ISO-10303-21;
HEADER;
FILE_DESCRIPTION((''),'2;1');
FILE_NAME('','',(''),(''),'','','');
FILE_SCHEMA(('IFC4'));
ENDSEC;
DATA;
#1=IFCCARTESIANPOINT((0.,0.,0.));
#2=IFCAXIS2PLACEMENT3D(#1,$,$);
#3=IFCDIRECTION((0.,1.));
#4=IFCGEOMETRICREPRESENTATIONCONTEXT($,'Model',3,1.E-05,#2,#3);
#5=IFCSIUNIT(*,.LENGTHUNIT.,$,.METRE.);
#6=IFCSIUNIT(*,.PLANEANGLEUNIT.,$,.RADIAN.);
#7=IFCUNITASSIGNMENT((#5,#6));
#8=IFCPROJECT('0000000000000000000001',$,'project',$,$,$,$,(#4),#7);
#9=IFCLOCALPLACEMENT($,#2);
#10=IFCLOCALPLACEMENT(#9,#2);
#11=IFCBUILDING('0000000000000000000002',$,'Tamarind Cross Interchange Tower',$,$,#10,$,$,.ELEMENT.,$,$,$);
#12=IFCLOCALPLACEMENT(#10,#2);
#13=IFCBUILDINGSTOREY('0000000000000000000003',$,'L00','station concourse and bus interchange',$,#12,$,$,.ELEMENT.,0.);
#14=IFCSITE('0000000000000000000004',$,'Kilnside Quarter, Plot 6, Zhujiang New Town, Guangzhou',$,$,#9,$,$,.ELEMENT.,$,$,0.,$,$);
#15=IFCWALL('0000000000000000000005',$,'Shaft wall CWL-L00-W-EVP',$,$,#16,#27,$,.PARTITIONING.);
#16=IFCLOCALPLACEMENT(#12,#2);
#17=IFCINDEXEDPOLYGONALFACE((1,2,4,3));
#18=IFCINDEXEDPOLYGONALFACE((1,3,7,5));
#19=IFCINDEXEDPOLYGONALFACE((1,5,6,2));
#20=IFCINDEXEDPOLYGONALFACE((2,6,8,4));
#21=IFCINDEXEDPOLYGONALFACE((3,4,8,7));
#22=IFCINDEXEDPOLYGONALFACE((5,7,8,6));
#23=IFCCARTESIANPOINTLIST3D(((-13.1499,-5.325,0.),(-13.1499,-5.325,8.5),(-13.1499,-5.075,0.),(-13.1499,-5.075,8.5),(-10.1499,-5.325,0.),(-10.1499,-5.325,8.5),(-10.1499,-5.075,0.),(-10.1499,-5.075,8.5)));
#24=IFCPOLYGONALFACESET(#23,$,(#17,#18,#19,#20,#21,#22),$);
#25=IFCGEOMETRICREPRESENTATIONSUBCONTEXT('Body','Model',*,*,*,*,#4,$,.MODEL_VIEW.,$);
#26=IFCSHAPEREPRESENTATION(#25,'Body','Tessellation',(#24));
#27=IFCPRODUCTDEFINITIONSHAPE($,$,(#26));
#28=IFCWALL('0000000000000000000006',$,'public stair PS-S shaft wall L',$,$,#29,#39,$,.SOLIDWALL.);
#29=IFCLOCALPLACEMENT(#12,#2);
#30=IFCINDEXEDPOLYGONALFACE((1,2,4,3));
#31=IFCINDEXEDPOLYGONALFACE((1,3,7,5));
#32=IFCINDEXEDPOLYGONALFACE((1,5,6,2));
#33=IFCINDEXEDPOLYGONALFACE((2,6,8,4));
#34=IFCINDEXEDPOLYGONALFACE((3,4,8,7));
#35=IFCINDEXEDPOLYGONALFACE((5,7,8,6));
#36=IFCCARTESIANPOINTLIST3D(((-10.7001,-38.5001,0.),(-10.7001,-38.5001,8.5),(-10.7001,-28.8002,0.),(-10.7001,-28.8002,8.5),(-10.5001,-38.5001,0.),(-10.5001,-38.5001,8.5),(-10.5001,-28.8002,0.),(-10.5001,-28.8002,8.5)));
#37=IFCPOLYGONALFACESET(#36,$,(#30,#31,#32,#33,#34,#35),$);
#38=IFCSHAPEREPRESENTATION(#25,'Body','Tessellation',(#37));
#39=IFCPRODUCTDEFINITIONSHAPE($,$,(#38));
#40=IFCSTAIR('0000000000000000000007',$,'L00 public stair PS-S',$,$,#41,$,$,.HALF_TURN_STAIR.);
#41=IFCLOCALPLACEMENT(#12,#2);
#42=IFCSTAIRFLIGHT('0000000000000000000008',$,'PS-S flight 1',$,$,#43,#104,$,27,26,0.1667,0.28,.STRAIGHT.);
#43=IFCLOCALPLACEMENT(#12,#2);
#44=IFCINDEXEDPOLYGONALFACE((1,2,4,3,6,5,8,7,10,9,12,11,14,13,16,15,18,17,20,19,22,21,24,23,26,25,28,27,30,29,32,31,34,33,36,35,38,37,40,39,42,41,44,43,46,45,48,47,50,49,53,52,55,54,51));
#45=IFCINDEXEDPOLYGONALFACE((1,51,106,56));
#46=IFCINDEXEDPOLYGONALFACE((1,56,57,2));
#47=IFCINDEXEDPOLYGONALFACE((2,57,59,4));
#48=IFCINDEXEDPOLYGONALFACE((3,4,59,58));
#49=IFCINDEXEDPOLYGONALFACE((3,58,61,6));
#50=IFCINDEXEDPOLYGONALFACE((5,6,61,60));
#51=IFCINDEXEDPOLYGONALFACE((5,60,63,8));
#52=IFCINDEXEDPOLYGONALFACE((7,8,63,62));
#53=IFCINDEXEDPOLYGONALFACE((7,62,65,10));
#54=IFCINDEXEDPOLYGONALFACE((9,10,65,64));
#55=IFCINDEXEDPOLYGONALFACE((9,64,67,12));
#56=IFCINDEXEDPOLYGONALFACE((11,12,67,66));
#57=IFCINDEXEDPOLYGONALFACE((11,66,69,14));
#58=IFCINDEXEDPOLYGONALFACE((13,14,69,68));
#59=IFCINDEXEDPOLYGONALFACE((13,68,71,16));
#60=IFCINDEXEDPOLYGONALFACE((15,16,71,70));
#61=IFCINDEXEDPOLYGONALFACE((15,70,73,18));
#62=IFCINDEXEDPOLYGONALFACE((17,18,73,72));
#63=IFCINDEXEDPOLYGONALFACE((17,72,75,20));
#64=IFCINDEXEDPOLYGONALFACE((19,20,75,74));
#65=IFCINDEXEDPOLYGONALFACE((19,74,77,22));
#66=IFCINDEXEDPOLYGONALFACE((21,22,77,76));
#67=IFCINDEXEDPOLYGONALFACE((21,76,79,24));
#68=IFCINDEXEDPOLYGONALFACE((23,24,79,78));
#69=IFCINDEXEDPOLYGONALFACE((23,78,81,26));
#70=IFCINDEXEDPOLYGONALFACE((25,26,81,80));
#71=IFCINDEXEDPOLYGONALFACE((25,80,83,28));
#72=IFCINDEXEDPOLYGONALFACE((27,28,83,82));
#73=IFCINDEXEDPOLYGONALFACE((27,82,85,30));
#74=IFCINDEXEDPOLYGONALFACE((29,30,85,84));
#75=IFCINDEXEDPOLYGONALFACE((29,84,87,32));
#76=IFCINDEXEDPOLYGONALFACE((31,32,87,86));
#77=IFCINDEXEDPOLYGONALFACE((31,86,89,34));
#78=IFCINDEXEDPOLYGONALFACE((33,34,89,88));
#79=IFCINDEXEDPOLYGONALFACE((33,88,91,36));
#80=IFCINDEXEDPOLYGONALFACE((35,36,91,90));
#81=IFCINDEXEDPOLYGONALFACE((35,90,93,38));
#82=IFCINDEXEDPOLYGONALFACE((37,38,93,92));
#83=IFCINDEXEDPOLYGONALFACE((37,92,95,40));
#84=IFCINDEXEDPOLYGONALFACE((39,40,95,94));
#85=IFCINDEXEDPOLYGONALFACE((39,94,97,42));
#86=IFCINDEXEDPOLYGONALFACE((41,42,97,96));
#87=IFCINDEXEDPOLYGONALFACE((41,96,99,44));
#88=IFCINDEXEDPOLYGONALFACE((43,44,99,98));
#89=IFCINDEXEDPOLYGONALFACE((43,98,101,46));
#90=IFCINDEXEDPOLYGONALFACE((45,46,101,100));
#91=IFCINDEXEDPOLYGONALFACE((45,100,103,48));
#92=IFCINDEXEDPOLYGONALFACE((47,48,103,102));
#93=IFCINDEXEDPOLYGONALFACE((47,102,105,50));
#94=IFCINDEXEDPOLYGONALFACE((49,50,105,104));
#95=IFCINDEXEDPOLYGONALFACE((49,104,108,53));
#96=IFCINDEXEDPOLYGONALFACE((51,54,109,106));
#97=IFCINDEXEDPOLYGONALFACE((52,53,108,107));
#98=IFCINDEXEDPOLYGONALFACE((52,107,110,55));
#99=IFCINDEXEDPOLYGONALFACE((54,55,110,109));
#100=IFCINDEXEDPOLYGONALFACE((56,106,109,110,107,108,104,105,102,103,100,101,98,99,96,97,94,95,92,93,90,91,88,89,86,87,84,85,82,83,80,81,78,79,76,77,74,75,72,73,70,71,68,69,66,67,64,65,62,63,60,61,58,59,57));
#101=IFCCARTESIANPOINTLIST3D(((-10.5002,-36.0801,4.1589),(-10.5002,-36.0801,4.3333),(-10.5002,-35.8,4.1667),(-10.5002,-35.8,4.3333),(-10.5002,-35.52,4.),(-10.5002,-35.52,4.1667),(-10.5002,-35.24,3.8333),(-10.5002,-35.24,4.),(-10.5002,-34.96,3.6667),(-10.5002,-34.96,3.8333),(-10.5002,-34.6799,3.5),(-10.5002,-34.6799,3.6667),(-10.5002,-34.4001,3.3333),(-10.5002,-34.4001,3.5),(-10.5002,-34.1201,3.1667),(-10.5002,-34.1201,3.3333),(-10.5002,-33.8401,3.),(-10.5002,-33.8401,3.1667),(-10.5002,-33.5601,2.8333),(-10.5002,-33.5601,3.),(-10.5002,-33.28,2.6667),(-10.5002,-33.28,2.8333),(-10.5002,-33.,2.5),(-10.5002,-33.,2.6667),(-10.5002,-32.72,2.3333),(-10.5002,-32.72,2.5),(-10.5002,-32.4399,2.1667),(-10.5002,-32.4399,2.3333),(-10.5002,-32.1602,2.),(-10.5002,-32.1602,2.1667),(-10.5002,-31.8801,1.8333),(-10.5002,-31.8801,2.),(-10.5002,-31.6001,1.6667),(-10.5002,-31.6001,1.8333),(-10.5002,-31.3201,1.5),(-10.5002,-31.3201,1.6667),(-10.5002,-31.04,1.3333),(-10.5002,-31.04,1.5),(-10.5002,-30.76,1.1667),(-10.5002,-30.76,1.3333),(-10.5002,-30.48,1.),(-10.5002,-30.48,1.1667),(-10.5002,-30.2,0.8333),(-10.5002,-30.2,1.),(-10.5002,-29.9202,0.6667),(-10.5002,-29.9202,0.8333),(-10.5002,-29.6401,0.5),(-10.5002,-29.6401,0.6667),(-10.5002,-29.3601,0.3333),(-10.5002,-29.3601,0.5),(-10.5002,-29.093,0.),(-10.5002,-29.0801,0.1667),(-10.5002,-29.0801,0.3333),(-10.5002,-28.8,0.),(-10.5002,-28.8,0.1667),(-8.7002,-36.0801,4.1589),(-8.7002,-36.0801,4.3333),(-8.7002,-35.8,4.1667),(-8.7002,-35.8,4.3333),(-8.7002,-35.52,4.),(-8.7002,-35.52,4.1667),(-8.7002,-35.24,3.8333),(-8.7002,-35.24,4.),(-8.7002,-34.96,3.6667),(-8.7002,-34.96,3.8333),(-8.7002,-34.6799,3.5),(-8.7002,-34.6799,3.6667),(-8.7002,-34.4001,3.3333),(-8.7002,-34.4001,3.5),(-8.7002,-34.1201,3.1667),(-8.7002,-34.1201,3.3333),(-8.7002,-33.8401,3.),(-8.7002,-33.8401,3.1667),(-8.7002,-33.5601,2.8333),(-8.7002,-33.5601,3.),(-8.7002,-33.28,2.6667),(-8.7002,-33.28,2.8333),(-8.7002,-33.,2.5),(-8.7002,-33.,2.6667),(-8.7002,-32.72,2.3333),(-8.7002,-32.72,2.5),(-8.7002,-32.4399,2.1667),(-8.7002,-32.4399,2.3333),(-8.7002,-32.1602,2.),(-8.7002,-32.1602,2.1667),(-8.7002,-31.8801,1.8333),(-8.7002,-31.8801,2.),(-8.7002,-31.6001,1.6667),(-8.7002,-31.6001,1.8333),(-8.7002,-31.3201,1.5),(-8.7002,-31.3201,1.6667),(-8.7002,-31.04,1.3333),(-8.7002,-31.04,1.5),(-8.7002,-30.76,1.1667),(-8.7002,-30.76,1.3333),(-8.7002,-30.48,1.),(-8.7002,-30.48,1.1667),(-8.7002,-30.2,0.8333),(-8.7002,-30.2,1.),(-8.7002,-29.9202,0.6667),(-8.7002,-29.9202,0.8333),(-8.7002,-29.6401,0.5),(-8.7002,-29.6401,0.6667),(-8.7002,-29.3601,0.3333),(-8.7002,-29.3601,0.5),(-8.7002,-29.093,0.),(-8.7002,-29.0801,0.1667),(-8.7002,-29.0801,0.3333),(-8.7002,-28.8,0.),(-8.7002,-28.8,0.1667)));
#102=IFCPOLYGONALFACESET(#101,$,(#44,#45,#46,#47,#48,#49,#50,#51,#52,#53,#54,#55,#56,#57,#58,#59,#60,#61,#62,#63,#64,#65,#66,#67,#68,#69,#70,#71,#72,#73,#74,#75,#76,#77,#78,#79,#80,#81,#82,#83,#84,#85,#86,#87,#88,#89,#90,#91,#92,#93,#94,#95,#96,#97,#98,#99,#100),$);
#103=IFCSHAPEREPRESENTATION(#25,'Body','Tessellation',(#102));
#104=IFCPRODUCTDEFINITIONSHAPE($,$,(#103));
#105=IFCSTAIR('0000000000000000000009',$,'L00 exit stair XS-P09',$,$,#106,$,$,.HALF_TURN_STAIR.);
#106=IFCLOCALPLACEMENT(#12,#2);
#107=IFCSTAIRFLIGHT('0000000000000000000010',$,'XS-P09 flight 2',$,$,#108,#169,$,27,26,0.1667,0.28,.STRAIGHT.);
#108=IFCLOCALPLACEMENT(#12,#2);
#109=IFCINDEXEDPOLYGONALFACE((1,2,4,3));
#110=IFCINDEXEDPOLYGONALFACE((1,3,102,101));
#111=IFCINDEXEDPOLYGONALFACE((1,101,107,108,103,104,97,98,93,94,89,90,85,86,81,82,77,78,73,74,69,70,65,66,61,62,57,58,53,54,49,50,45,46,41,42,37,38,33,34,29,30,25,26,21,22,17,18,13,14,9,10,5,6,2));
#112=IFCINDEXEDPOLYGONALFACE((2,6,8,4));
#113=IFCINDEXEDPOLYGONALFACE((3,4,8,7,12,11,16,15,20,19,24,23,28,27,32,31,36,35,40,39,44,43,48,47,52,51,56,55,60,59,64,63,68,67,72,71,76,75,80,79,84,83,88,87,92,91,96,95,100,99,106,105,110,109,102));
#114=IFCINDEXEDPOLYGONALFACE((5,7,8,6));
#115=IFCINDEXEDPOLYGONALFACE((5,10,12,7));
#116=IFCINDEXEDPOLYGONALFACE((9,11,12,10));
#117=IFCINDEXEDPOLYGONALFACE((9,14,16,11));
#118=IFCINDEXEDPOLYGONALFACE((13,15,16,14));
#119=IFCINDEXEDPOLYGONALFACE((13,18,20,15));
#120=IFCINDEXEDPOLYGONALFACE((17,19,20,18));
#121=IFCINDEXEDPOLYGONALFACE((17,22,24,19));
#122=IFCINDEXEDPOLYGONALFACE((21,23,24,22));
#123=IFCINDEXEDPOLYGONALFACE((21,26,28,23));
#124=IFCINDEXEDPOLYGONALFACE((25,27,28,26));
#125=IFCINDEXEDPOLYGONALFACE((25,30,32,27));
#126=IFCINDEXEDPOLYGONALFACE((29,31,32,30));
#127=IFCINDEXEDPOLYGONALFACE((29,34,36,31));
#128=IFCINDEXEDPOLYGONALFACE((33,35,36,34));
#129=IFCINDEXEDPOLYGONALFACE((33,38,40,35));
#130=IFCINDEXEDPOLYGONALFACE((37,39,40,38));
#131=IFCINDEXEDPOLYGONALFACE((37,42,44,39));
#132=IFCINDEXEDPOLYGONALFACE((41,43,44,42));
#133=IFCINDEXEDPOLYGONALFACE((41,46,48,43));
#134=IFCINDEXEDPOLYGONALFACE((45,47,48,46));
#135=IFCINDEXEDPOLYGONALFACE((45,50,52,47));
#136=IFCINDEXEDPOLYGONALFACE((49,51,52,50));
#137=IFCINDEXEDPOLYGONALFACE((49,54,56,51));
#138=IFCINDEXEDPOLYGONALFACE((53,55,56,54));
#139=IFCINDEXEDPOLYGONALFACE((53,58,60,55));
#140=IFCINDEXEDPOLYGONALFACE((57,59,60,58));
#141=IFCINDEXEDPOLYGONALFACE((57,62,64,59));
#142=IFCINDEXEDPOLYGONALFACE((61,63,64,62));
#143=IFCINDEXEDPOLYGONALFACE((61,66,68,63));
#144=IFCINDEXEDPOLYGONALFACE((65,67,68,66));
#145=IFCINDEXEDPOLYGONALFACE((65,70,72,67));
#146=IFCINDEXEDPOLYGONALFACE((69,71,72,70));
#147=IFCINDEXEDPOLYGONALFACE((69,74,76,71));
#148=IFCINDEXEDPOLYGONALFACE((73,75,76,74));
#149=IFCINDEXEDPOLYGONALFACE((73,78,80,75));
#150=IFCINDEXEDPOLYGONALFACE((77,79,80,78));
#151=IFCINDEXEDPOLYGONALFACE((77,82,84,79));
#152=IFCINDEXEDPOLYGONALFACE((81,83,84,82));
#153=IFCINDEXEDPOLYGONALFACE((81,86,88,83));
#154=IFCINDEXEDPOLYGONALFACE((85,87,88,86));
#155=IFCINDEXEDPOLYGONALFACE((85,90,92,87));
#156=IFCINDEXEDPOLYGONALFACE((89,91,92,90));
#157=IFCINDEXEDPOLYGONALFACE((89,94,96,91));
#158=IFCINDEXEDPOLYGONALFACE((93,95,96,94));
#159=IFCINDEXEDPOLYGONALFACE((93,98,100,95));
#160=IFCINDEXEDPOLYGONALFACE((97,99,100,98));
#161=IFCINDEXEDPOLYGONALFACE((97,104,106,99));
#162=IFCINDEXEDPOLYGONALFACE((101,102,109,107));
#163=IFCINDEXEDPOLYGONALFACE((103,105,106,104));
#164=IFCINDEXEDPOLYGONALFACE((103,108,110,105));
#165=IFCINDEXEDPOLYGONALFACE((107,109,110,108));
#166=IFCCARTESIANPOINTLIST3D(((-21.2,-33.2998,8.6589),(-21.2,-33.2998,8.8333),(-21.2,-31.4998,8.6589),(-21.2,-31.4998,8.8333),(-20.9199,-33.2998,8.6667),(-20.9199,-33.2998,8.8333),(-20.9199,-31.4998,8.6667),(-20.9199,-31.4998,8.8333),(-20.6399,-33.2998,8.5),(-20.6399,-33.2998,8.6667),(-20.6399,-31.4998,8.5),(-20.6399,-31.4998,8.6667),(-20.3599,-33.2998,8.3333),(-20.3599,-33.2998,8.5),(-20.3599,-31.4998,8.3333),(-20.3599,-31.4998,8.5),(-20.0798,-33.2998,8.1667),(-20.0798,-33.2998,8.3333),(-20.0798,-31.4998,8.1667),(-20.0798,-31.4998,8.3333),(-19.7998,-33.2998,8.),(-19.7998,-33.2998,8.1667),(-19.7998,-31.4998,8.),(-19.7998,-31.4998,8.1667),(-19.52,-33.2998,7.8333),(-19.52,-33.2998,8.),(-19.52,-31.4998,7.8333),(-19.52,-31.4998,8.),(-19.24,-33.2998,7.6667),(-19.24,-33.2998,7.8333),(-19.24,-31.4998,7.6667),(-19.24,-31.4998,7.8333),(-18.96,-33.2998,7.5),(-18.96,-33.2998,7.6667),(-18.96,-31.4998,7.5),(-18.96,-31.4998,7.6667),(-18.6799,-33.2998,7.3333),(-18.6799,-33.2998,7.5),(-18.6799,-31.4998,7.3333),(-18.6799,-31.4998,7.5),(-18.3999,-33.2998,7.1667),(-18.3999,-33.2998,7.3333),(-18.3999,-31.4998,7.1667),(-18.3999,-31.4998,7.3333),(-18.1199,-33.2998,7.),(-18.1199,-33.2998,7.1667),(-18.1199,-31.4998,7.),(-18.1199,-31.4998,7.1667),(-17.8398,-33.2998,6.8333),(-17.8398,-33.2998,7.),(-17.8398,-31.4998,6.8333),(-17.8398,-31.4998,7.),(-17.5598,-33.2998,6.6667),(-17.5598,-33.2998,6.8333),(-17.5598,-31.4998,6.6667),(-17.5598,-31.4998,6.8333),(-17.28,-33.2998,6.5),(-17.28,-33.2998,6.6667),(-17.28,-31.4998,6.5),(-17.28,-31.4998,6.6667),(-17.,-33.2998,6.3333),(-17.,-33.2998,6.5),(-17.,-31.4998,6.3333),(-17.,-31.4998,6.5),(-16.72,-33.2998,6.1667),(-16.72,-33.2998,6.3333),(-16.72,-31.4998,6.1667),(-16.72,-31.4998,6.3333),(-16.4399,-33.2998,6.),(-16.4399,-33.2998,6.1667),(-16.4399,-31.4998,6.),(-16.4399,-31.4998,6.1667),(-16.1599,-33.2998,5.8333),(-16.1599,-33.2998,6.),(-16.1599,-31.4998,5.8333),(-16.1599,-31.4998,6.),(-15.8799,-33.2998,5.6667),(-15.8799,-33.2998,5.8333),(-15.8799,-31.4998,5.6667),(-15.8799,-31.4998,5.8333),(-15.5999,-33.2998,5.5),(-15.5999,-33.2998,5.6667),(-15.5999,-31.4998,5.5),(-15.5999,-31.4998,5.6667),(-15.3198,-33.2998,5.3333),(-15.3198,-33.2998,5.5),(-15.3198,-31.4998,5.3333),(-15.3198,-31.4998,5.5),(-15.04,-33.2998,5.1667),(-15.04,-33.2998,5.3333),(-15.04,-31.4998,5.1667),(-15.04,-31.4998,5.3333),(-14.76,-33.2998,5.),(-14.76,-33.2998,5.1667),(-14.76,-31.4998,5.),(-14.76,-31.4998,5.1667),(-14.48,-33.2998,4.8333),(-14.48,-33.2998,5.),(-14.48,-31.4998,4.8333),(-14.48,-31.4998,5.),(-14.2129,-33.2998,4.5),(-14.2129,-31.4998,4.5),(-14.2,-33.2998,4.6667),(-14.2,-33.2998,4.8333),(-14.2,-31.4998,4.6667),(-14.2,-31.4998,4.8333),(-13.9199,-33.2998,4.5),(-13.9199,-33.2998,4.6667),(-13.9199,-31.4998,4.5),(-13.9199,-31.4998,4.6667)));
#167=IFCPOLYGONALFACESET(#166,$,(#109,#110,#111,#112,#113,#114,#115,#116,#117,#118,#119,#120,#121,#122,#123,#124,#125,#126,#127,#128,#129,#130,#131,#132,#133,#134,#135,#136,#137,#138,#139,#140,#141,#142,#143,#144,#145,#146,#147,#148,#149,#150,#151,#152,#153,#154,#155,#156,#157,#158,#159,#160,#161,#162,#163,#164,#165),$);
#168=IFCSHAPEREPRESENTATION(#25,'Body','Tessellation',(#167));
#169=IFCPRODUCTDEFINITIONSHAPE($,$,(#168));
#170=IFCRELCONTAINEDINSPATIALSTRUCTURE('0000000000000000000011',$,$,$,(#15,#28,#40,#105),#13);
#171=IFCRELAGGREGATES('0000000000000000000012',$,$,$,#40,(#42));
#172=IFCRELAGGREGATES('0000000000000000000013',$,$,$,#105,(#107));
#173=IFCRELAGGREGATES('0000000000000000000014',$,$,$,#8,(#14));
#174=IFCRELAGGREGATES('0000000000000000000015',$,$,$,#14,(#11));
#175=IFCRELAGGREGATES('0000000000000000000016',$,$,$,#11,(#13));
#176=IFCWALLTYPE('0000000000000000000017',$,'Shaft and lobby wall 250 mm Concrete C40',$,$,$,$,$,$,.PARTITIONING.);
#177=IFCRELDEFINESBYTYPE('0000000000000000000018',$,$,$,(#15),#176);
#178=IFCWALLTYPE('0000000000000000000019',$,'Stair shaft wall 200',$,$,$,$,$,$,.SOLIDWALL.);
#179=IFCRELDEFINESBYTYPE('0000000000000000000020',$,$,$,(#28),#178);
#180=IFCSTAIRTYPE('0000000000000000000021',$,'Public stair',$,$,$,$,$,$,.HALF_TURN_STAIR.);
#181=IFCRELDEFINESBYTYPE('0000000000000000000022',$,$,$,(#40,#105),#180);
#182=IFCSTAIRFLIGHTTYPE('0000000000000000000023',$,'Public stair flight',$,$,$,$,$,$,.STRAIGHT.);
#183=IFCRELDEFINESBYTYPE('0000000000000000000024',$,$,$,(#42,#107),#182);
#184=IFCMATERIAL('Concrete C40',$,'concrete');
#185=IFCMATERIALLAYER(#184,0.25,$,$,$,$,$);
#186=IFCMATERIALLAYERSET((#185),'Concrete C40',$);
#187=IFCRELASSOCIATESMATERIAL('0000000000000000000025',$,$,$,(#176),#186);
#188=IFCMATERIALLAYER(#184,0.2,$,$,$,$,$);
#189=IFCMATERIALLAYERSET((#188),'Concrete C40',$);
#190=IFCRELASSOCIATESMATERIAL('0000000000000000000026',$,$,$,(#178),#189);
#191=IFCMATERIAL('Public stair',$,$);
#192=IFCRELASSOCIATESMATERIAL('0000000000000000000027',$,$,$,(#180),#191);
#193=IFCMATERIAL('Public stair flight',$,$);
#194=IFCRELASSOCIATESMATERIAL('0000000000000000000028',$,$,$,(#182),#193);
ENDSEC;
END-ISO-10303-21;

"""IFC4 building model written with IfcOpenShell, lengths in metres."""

from ifc_helpers import new_model, si_unit, direction, frame, frame_2d, origin, place, context, subcontext, project, spatial, polyline, rectangle, outline, extrude, material, layer, layer_set, type_object, element, aggregate, save


model = new_model("IFC4")

# Units and contexts
model_context = context("Model", 3, precision=1e-05, world=origin(), true_north=direction((0.0, 1.0)))
body_context = subcontext(model_context, "Body", "Model", "MODEL_VIEW")
ifc_project = project(units=[si_unit("LENGTHUNIT", "METRE"), si_unit("PLANEANGLEUNIT", "RADIAN")], contexts=[model_context])

# Site, building, storey
site_placement = place(None, origin())
site = spatial("IfcSite", under=ifc_project, at=site_placement, Name="Kilnside Quarter, Plot 6, Zhujiang New Town, Guangzhou", CompositionType="ELEMENT", RefElevation=0.0)
building_placement = place(site_placement, origin())
building = spatial("IfcBuilding", under=site, at=building_placement, Name="Tamarind Cross Interchange Tower", CompositionType="ELEMENT")
storey_placement = place(building_placement, origin())
storey = spatial("IfcBuildingStorey", under=building, at=storey_placement, Name="L00", Description="station concourse and bus interchange", CompositionType="ELEMENT", Elevation=0.0)

# Walls
ifc_material_1 = material(Name="Concrete C40", Category="concrete")
ifc_layer_1 = layer(ifc_material_1, 0.25)
ifc_layer_set_1 = layer_set([ifc_layer_1], Name="Concrete C40")
wall_type_1 = type_object("IfcWallType", Name="Shaft and lobby wall 250 mm Concrete C40", PredefinedType="PARTITIONING", material=ifc_layer_set_1)
wall_1_placement = place(storey_placement, frame((-13.1499, -5.2, 0.0), z_axis=(0.0, 0.0, 1.0), x_axis=(1.0, 0.0, 0.0)))
element("IfcWall", 1, at=wall_1_placement, inside=storey, type_object=wall_type_1, Name="Shaft wall CWL-L00-W-EVP", PredefinedType="PARTITIONING", context=body_context, shape_type="SweptSolid", body=[
    extrude(rectangle(XDim=3.0, YDim=0.25, at=frame_2d((1.5, 0.0))), origin(), (0.0, 0.0, 1.0), 8.5),
])
ifc_layer_2 = layer(ifc_material_1, 0.2)
ifc_layer_set_2 = layer_set([ifc_layer_2], Name="Concrete C40")
wall_type_2 = type_object("IfcWallType", Name="Stair shaft wall 200", PredefinedType="SOLIDWALL", material=ifc_layer_set_2)
wall_2_placement = place(storey_placement, frame((-10.6001, -28.8, 0.0), z_axis=(0.0, 0.0, 1.0), x_axis=(0.0, -1.0, 0.0)))
element("IfcWall", 2, at=wall_2_placement, inside=storey, type_object=wall_type_2, Name="public stair PS-S shaft wall L", PredefinedType="SOLIDWALL", context=body_context, shape_type="SweptSolid", body=[
    extrude(rectangle(XDim=9.7, YDim=0.2, at=frame_2d((4.8501, 0.0))), origin(), (0.0, 0.0, 1.0), 8.5),
])

# Stairs, stair flights
ifc_material_2 = material(Name="Public stair")
stair_type = type_object("IfcStairType", Name="Public stair", PredefinedType="HALF_TURN_STAIR", material=ifc_material_2)
stair_1_placement = place(storey_placement, origin())
stair_1 = element("IfcStair", 3, at=stair_1_placement, inside=storey, type_object=stair_type, Name="L00 public stair PS-S", PredefinedType="HALF_TURN_STAIR")
ifc_material_3 = material(Name="Public stair flight")
stair_flight_type = type_object("IfcStairFlightType", Name="Public stair flight", PredefinedType="STRAIGHT", material=ifc_material_3)
stair_flight_1_placement = place(storey_placement, frame((-9.6001, -28.8, 0.0), z_axis=(0.0, 0.0, 1.0), x_axis=(0.0, -1.0, 0.0)))
stair_flight_1 = element("IfcStairFlight", 4, at=stair_flight_1_placement, type_object=stair_flight_type, Name="PS-S flight 1", NumberOfRisers=27, NumberOfTreads=26, PredefinedType="STRAIGHT", RiserHeight=0.1667, TreadLength=0.28, context=body_context, shape_type="SweptSolid", body=[
    extrude(outline(polyline([(0.0, 0.0), (0.0, 0.1667), (0.28, 0.1667), (0.28, 0.3333), (0.5601, 0.3333), (0.5601, 0.5), (0.8401, 0.5), (0.8401, 0.6667), (1.1201, 0.6667), (1.1201, 0.8333), (1.3999, 0.8333), (1.3999, 1.0), (1.6799, 1.0), (1.6799, 1.1667), (1.96, 1.1667), (1.96, 1.3333), (2.24, 1.3333), (2.24, 1.5), (2.52, 1.5), (2.52, 1.6667), (2.8, 1.6667), (2.8, 1.8333), (3.0801, 1.8333), (3.0801, 2.0), (3.3601, 2.0), (3.3601, 2.1667), (3.6399, 2.1667), (3.6399, 2.3333), (3.9199, 2.3333), (3.9199, 2.5), (4.2, 2.5), (4.2, 2.6667), (4.48, 2.6667), (4.48, 2.8333), (4.76, 2.8333), (4.76, 3.0), (5.04, 3.0), (5.04, 3.1667), (5.3201, 3.1667), (5.3201, 3.3333), (5.6001, 3.3333), (5.6001, 3.5), (5.8799, 3.5), (5.8799, 3.6667), (6.1599, 3.6667), (6.1599, 3.8333), (6.4399, 3.8333), (6.4399, 4.0), (6.72, 4.0), (6.72, 4.1667), (7.0, 4.1667), (7.0, 4.3333), (7.28, 4.3333), (7.28, 4.5), (7.28, 4.1589), (0.293, 0.0), (0.0, 0.0)])), frame((0.0, 0.8999, 0.0), z_axis=(0.0, -1.0, 0.0), x_axis=(1.0, 0.0, 0.0)), (0.0, 0.0, 1.0), 1.8),
])
aggregate(stair_1, [stair_flight_1])
stair_2_placement = place(storey_placement, origin())
stair_2 = element("IfcStair", 5, at=stair_2_placement, inside=storey, type_object=stair_type, Name="L00 exit stair XS-P09", PredefinedType="HALF_TURN_STAIR")
stair_flight_2_placement = place(storey_placement, frame((-13.9199, -32.3999, 4.5), z_axis=(0.0, 0.0, 1.0), x_axis=(-1.0, 0.0, 0.0)))
stair_flight_2 = element("IfcStairFlight", 6, at=stair_flight_2_placement, type_object=stair_flight_type, Name="XS-P09 flight 2", NumberOfRisers=27, NumberOfTreads=26, PredefinedType="STRAIGHT", RiserHeight=0.1667, TreadLength=0.28, context=body_context, shape_type="SweptSolid", body=[
    extrude(outline(polyline([(0.0, 0.0), (0.0, 0.1667), (0.28, 0.1667), (0.28, 0.3333), (0.5601, 0.3333), (0.5601, 0.5), (0.8401, 0.5), (0.8401, 0.6667), (1.1201, 0.6667), (1.1201, 0.8333), (1.3999, 0.8333), (1.3999, 1.0), (1.6799, 1.0), (1.6799, 1.1667), (1.96, 1.1667), (1.96, 1.3333), (2.24, 1.3333), (2.24, 1.5), (2.52, 1.5), (2.52, 1.6667), (2.8, 1.6667), (2.8, 1.8333), (3.0801, 1.8333), (3.0801, 2.0), (3.3601, 2.0), (3.3601, 2.1667), (3.6399, 2.1667), (3.6399, 2.3333), (3.9199, 2.3333), (3.9199, 2.5), (4.2, 2.5), (4.2, 2.6667), (4.48, 2.6667), (4.48, 2.8333), (4.76, 2.8333), (4.76, 3.0), (5.04, 3.0), (5.04, 3.1667), (5.3201, 3.1667), (5.3201, 3.3333), (5.6001, 3.3333), (5.6001, 3.5), (5.8799, 3.5), (5.8799, 3.6667), (6.1599, 3.6667), (6.1599, 3.8333), (6.4399, 3.8333), (6.4399, 4.0), (6.72, 4.0), (6.72, 4.1667), (7.0, 4.1667), (7.0, 4.3333), (7.28, 4.3333), (7.28, 4.5), (7.28, 4.1589), (0.293, 0.0), (0.0, 0.0)])), frame((0.0, 0.8999, 0.0), z_axis=(0.0, -1.0, 0.0), x_axis=(1.0, 0.0, 0.0)), (0.0, 0.0, 1.0), 1.8),
])
aggregate(stair_2, [stair_flight_2])

save(model, "model.ifc")
